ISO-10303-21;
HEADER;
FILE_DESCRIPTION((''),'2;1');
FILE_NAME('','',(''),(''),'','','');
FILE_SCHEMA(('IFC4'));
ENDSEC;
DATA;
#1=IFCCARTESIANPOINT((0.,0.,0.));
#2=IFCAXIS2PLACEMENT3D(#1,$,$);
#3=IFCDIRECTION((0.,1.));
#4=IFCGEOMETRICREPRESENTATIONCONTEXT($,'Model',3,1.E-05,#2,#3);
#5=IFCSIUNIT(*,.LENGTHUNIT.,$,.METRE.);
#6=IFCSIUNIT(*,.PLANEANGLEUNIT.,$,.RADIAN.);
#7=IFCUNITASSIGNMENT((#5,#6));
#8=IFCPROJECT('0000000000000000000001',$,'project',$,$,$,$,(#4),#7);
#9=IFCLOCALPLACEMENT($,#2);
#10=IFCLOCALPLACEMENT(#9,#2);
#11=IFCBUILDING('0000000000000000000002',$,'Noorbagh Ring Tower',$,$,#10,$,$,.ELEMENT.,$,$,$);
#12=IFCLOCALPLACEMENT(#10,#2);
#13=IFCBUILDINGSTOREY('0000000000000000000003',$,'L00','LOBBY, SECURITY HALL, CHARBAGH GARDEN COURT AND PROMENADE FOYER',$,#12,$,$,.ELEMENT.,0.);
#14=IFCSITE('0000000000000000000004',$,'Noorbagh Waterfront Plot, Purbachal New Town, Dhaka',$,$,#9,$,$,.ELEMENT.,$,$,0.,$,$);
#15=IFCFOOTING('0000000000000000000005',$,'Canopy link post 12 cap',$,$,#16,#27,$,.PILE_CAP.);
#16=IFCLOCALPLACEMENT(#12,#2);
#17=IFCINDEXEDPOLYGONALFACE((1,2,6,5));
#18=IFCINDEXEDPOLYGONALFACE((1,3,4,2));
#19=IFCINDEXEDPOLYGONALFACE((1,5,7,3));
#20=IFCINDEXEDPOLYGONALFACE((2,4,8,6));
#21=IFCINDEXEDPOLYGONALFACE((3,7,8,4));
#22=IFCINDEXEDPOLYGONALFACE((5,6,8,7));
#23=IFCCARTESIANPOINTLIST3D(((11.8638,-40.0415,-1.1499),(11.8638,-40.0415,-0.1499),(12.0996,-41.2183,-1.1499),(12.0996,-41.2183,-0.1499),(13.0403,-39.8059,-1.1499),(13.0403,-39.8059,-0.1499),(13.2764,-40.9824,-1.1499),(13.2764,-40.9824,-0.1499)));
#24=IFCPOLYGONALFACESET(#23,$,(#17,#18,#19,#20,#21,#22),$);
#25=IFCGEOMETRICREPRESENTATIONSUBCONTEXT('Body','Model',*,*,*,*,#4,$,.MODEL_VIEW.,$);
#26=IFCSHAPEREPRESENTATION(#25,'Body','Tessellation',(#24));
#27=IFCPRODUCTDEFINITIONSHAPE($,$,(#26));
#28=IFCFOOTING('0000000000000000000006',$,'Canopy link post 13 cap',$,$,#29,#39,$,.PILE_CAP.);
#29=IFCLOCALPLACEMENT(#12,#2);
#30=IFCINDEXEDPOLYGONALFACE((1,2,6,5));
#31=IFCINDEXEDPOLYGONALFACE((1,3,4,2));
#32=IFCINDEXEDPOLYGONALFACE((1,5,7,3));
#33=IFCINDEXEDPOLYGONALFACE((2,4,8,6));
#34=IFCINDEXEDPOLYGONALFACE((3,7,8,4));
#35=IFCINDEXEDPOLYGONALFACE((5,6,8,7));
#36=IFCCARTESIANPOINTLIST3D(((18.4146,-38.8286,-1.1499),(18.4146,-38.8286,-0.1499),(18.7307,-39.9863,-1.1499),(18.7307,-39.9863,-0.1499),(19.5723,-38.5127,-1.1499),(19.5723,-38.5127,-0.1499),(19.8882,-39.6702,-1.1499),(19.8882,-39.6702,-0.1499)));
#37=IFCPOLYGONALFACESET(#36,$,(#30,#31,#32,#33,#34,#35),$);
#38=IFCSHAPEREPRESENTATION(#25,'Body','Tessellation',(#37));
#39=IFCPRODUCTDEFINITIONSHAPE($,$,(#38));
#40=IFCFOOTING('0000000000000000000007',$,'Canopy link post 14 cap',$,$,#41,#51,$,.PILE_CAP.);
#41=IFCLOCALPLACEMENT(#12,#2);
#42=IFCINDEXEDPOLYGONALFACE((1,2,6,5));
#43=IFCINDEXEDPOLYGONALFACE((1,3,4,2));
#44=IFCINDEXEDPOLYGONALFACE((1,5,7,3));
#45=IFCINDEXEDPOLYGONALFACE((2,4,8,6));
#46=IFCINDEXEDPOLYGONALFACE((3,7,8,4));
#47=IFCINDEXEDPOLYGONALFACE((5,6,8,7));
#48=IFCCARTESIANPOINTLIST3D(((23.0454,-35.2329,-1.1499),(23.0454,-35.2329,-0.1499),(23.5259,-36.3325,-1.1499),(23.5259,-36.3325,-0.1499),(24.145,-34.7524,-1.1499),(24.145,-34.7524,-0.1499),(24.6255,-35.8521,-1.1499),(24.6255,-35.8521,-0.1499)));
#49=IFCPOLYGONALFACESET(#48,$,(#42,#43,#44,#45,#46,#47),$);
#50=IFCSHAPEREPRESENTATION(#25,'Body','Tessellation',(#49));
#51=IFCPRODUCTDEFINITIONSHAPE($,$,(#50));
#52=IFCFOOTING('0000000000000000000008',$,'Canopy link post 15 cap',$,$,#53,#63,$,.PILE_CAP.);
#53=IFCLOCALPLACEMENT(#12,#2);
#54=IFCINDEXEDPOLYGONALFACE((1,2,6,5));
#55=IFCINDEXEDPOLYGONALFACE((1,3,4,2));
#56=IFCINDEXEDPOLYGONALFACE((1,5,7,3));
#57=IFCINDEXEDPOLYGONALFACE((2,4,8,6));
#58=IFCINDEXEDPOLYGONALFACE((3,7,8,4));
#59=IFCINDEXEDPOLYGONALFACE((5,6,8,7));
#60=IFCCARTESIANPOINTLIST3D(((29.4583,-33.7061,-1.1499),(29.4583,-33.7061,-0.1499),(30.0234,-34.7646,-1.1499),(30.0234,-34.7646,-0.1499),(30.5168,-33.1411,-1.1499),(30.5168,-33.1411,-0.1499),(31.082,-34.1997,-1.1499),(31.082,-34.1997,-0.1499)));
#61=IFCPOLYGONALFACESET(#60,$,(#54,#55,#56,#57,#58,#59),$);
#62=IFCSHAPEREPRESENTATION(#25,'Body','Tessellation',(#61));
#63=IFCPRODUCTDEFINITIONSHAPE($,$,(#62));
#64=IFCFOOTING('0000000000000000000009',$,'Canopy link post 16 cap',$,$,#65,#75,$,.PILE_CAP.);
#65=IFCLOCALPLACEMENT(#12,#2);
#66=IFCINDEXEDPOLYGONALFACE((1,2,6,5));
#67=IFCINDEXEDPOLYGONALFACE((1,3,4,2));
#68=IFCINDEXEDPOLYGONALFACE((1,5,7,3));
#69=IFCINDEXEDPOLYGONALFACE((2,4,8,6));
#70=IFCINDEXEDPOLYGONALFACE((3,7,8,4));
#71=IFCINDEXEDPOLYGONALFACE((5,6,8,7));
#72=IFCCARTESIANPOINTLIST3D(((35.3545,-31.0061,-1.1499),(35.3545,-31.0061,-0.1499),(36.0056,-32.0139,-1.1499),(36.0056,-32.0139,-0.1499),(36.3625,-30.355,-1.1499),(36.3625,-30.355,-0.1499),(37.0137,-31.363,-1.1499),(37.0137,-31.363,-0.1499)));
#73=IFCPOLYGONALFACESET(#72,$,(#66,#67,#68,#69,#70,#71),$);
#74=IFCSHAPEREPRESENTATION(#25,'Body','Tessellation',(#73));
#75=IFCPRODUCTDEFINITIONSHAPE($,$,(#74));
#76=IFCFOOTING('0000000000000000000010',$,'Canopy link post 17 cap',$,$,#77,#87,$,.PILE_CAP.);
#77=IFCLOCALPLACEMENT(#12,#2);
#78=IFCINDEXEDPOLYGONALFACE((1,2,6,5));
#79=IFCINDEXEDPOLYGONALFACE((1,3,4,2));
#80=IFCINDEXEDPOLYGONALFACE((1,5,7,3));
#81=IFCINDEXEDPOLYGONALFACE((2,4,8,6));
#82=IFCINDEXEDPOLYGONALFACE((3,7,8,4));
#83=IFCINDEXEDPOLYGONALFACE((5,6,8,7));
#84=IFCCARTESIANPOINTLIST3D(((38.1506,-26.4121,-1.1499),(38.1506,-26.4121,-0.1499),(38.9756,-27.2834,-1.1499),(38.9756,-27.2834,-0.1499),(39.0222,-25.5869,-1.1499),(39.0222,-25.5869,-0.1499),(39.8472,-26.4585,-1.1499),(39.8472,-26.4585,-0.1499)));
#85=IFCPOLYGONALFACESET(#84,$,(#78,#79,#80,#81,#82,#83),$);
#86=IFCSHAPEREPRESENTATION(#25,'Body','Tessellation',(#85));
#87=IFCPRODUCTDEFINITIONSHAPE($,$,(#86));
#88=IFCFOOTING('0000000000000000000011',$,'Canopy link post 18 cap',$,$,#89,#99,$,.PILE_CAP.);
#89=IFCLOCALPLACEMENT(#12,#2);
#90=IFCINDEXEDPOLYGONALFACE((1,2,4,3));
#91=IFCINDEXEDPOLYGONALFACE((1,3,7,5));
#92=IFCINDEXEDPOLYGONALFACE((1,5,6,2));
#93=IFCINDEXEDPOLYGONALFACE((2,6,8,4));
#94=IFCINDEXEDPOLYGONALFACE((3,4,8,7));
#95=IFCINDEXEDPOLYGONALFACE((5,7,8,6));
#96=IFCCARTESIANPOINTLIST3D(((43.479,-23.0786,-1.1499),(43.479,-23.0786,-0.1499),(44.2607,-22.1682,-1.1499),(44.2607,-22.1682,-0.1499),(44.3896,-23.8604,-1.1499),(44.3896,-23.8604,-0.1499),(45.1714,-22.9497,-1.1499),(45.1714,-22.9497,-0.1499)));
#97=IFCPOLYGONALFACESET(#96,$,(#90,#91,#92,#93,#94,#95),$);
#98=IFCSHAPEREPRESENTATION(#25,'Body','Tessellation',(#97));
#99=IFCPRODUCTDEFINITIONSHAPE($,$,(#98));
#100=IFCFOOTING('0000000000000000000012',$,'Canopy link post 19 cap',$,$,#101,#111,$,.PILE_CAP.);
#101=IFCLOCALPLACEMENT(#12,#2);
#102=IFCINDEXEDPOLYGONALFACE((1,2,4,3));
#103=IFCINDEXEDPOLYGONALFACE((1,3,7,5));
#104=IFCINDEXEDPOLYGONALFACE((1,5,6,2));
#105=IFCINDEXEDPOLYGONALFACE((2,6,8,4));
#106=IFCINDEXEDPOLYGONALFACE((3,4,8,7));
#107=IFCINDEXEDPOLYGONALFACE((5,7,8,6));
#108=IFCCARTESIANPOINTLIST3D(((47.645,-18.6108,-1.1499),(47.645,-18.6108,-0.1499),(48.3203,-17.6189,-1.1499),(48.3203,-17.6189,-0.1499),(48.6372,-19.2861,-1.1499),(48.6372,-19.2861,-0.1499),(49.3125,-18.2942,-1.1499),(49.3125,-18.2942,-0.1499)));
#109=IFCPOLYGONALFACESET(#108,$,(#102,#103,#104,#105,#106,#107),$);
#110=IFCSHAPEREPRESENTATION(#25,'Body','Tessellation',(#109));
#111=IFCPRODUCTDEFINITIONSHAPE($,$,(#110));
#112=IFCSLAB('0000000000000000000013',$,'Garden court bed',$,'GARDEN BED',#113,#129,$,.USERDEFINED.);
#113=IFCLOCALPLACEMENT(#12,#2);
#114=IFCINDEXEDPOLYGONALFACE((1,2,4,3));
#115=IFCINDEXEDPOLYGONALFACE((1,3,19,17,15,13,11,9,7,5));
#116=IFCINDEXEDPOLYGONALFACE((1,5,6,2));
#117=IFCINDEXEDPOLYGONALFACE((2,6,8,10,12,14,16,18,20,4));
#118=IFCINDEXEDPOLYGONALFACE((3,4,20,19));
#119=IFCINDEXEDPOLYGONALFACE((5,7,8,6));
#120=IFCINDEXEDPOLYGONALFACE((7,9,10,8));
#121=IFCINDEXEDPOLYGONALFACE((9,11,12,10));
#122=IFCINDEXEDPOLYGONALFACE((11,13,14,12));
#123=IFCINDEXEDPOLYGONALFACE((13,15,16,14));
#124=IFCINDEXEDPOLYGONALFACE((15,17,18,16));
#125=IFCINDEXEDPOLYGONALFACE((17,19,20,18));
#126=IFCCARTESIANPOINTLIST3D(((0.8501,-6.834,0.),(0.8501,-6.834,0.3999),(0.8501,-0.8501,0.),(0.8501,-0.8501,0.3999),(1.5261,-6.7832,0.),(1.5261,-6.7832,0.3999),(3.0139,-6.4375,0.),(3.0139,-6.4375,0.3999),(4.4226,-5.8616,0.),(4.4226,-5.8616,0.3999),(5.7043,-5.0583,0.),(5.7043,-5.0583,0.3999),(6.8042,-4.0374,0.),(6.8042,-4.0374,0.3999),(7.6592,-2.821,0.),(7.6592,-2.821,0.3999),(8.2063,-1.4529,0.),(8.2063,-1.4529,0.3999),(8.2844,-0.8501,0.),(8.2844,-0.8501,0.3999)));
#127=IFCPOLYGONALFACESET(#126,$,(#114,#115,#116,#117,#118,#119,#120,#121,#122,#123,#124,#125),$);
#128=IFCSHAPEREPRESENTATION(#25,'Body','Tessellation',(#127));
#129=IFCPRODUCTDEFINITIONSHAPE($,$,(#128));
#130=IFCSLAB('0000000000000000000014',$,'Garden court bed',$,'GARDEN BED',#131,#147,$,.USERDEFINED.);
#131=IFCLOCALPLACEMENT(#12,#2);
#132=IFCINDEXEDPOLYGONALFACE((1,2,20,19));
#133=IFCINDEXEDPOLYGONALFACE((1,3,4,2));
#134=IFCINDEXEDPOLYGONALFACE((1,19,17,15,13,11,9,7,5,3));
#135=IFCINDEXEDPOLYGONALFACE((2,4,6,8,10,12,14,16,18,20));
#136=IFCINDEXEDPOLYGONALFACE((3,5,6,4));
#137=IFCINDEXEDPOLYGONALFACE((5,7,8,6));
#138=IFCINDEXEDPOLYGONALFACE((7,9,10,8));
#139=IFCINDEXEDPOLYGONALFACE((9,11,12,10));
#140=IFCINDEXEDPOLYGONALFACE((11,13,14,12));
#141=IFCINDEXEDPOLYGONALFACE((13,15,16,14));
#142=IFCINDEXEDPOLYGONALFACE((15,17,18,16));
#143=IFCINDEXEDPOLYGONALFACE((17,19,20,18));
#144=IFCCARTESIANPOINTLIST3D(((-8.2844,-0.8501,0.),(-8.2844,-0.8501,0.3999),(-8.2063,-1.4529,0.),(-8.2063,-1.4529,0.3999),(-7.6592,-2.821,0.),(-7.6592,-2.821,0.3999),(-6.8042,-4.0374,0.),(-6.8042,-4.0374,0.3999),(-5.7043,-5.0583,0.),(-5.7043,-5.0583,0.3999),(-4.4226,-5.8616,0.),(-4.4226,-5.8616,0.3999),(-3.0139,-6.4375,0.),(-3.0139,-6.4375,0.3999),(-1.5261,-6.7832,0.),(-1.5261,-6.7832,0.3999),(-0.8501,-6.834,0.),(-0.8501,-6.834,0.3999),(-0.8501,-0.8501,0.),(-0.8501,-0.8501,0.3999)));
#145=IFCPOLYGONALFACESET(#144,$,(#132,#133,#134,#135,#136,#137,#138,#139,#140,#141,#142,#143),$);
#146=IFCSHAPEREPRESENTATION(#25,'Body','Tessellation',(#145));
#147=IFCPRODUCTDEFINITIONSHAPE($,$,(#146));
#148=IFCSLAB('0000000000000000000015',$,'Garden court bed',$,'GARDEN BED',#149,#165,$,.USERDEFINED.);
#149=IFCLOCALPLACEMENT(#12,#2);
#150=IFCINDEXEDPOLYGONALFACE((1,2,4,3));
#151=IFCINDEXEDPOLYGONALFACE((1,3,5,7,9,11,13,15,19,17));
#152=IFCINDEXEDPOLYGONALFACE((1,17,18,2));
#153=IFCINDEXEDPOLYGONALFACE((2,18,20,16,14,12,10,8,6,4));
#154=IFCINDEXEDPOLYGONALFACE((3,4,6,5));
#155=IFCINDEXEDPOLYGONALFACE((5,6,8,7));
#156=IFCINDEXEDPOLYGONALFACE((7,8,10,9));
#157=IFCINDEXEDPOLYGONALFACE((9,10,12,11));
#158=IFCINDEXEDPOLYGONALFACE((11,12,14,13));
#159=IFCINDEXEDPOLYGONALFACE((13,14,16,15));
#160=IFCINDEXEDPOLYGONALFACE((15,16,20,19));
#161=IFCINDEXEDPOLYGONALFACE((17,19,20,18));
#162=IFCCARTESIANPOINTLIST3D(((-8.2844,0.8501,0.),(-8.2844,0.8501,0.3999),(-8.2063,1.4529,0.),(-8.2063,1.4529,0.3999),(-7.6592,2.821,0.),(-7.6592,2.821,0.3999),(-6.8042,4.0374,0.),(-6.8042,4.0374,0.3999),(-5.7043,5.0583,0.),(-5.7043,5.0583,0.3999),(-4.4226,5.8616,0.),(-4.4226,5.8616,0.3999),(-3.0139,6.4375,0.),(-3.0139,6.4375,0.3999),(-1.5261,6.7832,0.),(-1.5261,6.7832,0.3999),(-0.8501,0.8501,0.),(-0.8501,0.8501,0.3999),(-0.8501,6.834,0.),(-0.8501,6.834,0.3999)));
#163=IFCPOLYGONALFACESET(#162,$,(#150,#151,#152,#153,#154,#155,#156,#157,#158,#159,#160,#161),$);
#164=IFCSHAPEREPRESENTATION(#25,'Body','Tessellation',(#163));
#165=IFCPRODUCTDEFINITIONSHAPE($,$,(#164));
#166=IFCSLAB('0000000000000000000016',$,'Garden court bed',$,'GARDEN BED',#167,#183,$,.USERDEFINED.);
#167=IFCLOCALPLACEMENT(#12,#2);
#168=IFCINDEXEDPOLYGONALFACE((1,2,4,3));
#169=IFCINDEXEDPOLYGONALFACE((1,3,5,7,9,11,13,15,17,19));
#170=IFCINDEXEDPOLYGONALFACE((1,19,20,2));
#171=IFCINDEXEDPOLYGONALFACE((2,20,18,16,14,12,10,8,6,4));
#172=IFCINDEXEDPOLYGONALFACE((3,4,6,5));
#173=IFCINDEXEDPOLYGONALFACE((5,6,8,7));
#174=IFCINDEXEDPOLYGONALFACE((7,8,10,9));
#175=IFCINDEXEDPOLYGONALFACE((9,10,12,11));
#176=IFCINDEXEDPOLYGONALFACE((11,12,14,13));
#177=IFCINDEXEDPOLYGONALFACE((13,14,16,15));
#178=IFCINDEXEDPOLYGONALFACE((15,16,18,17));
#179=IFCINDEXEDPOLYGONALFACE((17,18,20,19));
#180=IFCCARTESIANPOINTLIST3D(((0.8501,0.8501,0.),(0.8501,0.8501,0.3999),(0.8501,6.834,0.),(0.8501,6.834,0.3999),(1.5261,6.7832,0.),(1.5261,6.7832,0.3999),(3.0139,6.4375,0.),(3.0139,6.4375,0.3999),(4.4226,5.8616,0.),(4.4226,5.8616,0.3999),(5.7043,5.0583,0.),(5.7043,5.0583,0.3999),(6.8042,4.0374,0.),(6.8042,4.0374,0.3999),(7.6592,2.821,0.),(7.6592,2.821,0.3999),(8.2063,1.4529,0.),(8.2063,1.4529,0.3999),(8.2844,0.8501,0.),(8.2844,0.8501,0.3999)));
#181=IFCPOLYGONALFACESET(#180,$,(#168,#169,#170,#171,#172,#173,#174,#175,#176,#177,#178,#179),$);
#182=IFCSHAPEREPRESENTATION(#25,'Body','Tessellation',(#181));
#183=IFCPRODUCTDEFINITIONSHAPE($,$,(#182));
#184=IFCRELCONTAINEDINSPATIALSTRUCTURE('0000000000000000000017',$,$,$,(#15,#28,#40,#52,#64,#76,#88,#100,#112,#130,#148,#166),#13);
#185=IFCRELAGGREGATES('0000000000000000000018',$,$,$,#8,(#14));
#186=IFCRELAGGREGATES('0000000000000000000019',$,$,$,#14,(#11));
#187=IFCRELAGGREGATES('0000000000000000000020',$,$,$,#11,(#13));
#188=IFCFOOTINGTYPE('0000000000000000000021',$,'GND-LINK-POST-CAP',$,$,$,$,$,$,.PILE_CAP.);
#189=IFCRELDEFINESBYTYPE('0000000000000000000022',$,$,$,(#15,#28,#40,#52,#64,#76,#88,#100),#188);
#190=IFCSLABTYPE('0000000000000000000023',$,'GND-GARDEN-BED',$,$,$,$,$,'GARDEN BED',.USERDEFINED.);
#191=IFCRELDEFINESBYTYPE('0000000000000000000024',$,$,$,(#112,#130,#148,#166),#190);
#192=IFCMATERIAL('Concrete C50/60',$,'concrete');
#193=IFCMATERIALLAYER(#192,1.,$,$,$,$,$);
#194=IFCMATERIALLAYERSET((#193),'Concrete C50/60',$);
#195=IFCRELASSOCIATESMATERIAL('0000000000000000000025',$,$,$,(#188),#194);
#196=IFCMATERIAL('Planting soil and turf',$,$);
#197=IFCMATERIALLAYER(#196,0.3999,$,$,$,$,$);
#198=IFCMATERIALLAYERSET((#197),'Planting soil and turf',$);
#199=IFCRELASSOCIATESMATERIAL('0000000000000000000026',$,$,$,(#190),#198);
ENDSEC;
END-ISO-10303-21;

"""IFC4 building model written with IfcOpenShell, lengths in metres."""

from ifc_helpers import new_model, si_unit, direction, frame, origin, place, context, subcontext, project, spatial, polyline, outline, extrude, material, layer, layer_set, type_object, element, save


model = new_model("IFC4")

# Units and contexts
model_context = context("Model", 3, precision=1e-05, world=origin(), true_north=direction((0.0, 1.0)))
body_context = subcontext(model_context, "Body", "Model", "MODEL_VIEW")
ifc_project = project(units=[si_unit("LENGTHUNIT", "METRE"), si_unit("PLANEANGLEUNIT", "RADIAN")], contexts=[model_context])

# Site, building, storey
site_placement = place(None, origin())
site = spatial("IfcSite", under=ifc_project, at=site_placement, Name="Noorbagh Waterfront Plot, Purbachal New Town, Dhaka", CompositionType="ELEMENT", RefElevation=0.0)
building_placement = place(site_placement, origin())
building = spatial("IfcBuilding", under=site, at=building_placement, Name="Noorbagh Ring Tower", CompositionType="ELEMENT")
storey_placement = place(building_placement, origin())
storey = spatial("IfcBuildingStorey", under=building, at=storey_placement, Name="L00", Description="LOBBY, SECURITY HALL, CHARBAGH GARDEN COURT AND PROMENADE FOYER", CompositionType="ELEMENT", Elevation=0.0)

# Footings
ifc_material_1 = material(Name="Concrete C50/60", Category="concrete")
ifc_layer_1 = layer(ifc_material_1, 1.0)
ifc_layer_set_1 = layer_set([ifc_layer_1], Name="Concrete C50/60")
footing_type = type_object("IfcFootingType", Name="GND-LINK-POST-CAP", PredefinedType="PILE_CAP", material=ifc_layer_set_1)
footing_1_placement = place(storey_placement, frame((0.0, 0.0, -1.1499)))
element("IfcFooting", 1, at=footing_1_placement, inside=storey, type_object=footing_type, Name="Canopy link post 12 cap", PredefinedType="PILE_CAP", context=body_context, shape_type="SweptSolid", body=[
    extrude(outline(polyline([(13.0403, -39.8059), (13.2764, -40.9824), (12.0996, -41.2183), (11.8638, -40.0415), (13.0403, -39.8059)])), origin(), (0.0, 0.0, 1.0), 1.0),
])
footing_2_placement = place(storey_placement, frame((0.0, 0.0, -1.1499)))
element("IfcFooting", 2, at=footing_2_placement, inside=storey, type_object=footing_type, Name="Canopy link post 13 cap", PredefinedType="PILE_CAP", context=body_context, shape_type="SweptSolid", body=[
    extrude(outline(polyline([(19.5723, -38.5127), (19.8882, -39.6702), (18.7307, -39.9863), (18.4146, -38.8286), (19.5723, -38.5127)])), origin(), (0.0, 0.0, 1.0), 1.0),
])
footing_3_placement = place(storey_placement, frame((0.0, 0.0, -1.1499)))
element("IfcFooting", 3, at=footing_3_placement, inside=storey, type_object=footing_type, Name="Canopy link post 14 cap", PredefinedType="PILE_CAP", context=body_context, shape_type="SweptSolid", body=[
    extrude(outline(polyline([(24.145, -34.7524), (24.6255, -35.8521), (23.5259, -36.3325), (23.0454, -35.2329), (24.145, -34.7524)])), origin(), (0.0, 0.0, 1.0), 1.0),
])
footing_4_placement = place(storey_placement, frame((0.0, 0.0, -1.1499)))
element("IfcFooting", 4, at=footing_4_placement, inside=storey, type_object=footing_type, Name="Canopy link post 15 cap", PredefinedType="PILE_CAP", context=body_context, shape_type="SweptSolid", body=[
    extrude(outline(polyline([(30.5168, -33.1411), (31.082, -34.1997), (30.0234, -34.7646), (29.4583, -33.7061), (30.5168, -33.1411)])), origin(), (0.0, 0.0, 1.0), 1.0),
])
footing_5_placement = place(storey_placement, frame((0.0, 0.0, -1.1499)))
element("IfcFooting", 5, at=footing_5_placement, inside=storey, type_object=footing_type, Name="Canopy link post 16 cap", PredefinedType="PILE_CAP", context=body_context, shape_type="SweptSolid", body=[
    extrude(outline(polyline([(36.3625, -30.355), (37.0137, -31.363), (36.0056, -32.0139), (35.3545, -31.0061), (36.3625, -30.355)])), origin(), (0.0, 0.0, 1.0), 1.0),
])
footing_6_placement = place(storey_placement, frame((0.0, 0.0, -1.1499)))
element("IfcFooting", 6, at=footing_6_placement, inside=storey, type_object=footing_type, Name="Canopy link post 17 cap", PredefinedType="PILE_CAP", context=body_context, shape_type="SweptSolid", body=[
    extrude(outline(polyline([(39.0222, -25.5869), (39.8472, -26.4585), (38.9756, -27.2834), (38.1506, -26.4121), (39.0222, -25.5869)])), origin(), (0.0, 0.0, 1.0), 1.0),
])
footing_7_placement = place(storey_placement, frame((0.0, 0.0, -1.1499)))
element("IfcFooting", 7, at=footing_7_placement, inside=storey, type_object=footing_type, Name="Canopy link post 18 cap", PredefinedType="PILE_CAP", context=body_context, shape_type="SweptSolid", body=[
    extrude(outline(polyline([(44.2607, -22.1682), (45.1714, -22.9497), (44.3896, -23.8604), (43.479, -23.0786), (44.2607, -22.1682)])), origin(), (0.0, 0.0, 1.0), 1.0),
])
footing_8_placement = place(storey_placement, frame((0.0, 0.0, -1.1499)))
element("IfcFooting", 8, at=footing_8_placement, inside=storey, type_object=footing_type, Name="Canopy link post 19 cap", PredefinedType="PILE_CAP", context=body_context, shape_type="SweptSolid", body=[
    extrude(outline(polyline([(48.3203, -17.6189), (49.3125, -18.2942), (48.6372, -19.2861), (47.645, -18.6108), (48.3203, -17.6189)])), origin(), (0.0, 0.0, 1.0), 1.0),
])

# Slabs
ifc_material_2 = material(Name="Planting soil and turf")
ifc_layer_2 = layer(ifc_material_2, 0.3999)
ifc_layer_set_2 = layer_set([ifc_layer_2], Name="Planting soil and turf")
slab_type_1 = type_object("IfcSlabType", Name="GND-GARDEN-BED", ElementType="GARDEN BED", PredefinedType="USERDEFINED", material=ifc_layer_set_2)
slab_1_placement = place(storey_placement, origin())
element("IfcSlab", 9, at=slab_1_placement, inside=storey, type_object=slab_type_1, Name="Garden court bed", ObjectType="GARDEN BED", PredefinedType="USERDEFINED", context=body_context, shape_type="SweptSolid", body=[
    extrude(outline(polyline([(8.2063, -1.4529), (7.6592, -2.821), (6.8042, -4.0374), (5.7043, -5.0583), (4.4226, -5.8616), (3.0139, -6.4375), (1.5261, -6.7832), (0.8501, -6.834), (0.8501, -0.8501), (8.2844, -0.8501), (8.2063, -1.4529)])), origin(), (0.0, 0.0, 1.0), 0.3999),
])
slab_2_placement = place(storey_placement, origin())
element("IfcSlab", 10, at=slab_2_placement, inside=storey, type_object=slab_type_1, Name="Garden court bed", ObjectType="GARDEN BED", PredefinedType="USERDEFINED", context=body_context, shape_type="SweptSolid", body=[
    extrude(outline(polyline([(-1.5261, -6.7832), (-3.0139, -6.4375), (-4.4226, -5.8616), (-5.7043, -5.0583), (-6.8042, -4.0374), (-7.6592, -2.821), (-8.2063, -1.4529), (-8.2844, -0.8501), (-0.8501, -0.8501), (-0.8501, -6.834), (-1.5261, -6.7832)])), origin(), (0.0, 0.0, 1.0), 0.3999),
])
slab_3_placement = place(storey_placement, origin())
element("IfcSlab", 11, at=slab_3_placement, inside=storey, type_object=slab_type_1, Name="Garden court bed", ObjectType="GARDEN BED", PredefinedType="USERDEFINED", context=body_context, shape_type="SweptSolid", body=[
    extrude(outline(polyline([(-8.2063, 1.4529), (-7.6592, 2.821), (-6.8042, 4.0374), (-5.7043, 5.0583), (-4.4226, 5.8616), (-3.0139, 6.4375), (-1.5261, 6.7832), (-0.8501, 6.834), (-0.8501, 0.8501), (-8.2844, 0.8501), (-8.2063, 1.4529)])), origin(), (0.0, 0.0, 1.0), 0.3999),
])
slab_4_placement = place(storey_placement, origin())
element("IfcSlab", 12, at=slab_4_placement, inside=storey, type_object=slab_type_1, Name="Garden court bed", ObjectType="GARDEN BED", PredefinedType="USERDEFINED", context=body_context, shape_type="SweptSolid", body=[
    extrude(outline(polyline([(1.5261, 6.7832), (3.0139, 6.4375), (4.4226, 5.8616), (5.7043, 5.0583), (6.8042, 4.0374), (7.6592, 2.821), (8.2063, 1.4529), (8.2844, 0.8501), (0.8501, 0.8501), (0.8501, 6.834), (1.5261, 6.7832)])), origin(), (0.0, 0.0, 1.0), 0.3999),
])

save(model, "model.ifc")
